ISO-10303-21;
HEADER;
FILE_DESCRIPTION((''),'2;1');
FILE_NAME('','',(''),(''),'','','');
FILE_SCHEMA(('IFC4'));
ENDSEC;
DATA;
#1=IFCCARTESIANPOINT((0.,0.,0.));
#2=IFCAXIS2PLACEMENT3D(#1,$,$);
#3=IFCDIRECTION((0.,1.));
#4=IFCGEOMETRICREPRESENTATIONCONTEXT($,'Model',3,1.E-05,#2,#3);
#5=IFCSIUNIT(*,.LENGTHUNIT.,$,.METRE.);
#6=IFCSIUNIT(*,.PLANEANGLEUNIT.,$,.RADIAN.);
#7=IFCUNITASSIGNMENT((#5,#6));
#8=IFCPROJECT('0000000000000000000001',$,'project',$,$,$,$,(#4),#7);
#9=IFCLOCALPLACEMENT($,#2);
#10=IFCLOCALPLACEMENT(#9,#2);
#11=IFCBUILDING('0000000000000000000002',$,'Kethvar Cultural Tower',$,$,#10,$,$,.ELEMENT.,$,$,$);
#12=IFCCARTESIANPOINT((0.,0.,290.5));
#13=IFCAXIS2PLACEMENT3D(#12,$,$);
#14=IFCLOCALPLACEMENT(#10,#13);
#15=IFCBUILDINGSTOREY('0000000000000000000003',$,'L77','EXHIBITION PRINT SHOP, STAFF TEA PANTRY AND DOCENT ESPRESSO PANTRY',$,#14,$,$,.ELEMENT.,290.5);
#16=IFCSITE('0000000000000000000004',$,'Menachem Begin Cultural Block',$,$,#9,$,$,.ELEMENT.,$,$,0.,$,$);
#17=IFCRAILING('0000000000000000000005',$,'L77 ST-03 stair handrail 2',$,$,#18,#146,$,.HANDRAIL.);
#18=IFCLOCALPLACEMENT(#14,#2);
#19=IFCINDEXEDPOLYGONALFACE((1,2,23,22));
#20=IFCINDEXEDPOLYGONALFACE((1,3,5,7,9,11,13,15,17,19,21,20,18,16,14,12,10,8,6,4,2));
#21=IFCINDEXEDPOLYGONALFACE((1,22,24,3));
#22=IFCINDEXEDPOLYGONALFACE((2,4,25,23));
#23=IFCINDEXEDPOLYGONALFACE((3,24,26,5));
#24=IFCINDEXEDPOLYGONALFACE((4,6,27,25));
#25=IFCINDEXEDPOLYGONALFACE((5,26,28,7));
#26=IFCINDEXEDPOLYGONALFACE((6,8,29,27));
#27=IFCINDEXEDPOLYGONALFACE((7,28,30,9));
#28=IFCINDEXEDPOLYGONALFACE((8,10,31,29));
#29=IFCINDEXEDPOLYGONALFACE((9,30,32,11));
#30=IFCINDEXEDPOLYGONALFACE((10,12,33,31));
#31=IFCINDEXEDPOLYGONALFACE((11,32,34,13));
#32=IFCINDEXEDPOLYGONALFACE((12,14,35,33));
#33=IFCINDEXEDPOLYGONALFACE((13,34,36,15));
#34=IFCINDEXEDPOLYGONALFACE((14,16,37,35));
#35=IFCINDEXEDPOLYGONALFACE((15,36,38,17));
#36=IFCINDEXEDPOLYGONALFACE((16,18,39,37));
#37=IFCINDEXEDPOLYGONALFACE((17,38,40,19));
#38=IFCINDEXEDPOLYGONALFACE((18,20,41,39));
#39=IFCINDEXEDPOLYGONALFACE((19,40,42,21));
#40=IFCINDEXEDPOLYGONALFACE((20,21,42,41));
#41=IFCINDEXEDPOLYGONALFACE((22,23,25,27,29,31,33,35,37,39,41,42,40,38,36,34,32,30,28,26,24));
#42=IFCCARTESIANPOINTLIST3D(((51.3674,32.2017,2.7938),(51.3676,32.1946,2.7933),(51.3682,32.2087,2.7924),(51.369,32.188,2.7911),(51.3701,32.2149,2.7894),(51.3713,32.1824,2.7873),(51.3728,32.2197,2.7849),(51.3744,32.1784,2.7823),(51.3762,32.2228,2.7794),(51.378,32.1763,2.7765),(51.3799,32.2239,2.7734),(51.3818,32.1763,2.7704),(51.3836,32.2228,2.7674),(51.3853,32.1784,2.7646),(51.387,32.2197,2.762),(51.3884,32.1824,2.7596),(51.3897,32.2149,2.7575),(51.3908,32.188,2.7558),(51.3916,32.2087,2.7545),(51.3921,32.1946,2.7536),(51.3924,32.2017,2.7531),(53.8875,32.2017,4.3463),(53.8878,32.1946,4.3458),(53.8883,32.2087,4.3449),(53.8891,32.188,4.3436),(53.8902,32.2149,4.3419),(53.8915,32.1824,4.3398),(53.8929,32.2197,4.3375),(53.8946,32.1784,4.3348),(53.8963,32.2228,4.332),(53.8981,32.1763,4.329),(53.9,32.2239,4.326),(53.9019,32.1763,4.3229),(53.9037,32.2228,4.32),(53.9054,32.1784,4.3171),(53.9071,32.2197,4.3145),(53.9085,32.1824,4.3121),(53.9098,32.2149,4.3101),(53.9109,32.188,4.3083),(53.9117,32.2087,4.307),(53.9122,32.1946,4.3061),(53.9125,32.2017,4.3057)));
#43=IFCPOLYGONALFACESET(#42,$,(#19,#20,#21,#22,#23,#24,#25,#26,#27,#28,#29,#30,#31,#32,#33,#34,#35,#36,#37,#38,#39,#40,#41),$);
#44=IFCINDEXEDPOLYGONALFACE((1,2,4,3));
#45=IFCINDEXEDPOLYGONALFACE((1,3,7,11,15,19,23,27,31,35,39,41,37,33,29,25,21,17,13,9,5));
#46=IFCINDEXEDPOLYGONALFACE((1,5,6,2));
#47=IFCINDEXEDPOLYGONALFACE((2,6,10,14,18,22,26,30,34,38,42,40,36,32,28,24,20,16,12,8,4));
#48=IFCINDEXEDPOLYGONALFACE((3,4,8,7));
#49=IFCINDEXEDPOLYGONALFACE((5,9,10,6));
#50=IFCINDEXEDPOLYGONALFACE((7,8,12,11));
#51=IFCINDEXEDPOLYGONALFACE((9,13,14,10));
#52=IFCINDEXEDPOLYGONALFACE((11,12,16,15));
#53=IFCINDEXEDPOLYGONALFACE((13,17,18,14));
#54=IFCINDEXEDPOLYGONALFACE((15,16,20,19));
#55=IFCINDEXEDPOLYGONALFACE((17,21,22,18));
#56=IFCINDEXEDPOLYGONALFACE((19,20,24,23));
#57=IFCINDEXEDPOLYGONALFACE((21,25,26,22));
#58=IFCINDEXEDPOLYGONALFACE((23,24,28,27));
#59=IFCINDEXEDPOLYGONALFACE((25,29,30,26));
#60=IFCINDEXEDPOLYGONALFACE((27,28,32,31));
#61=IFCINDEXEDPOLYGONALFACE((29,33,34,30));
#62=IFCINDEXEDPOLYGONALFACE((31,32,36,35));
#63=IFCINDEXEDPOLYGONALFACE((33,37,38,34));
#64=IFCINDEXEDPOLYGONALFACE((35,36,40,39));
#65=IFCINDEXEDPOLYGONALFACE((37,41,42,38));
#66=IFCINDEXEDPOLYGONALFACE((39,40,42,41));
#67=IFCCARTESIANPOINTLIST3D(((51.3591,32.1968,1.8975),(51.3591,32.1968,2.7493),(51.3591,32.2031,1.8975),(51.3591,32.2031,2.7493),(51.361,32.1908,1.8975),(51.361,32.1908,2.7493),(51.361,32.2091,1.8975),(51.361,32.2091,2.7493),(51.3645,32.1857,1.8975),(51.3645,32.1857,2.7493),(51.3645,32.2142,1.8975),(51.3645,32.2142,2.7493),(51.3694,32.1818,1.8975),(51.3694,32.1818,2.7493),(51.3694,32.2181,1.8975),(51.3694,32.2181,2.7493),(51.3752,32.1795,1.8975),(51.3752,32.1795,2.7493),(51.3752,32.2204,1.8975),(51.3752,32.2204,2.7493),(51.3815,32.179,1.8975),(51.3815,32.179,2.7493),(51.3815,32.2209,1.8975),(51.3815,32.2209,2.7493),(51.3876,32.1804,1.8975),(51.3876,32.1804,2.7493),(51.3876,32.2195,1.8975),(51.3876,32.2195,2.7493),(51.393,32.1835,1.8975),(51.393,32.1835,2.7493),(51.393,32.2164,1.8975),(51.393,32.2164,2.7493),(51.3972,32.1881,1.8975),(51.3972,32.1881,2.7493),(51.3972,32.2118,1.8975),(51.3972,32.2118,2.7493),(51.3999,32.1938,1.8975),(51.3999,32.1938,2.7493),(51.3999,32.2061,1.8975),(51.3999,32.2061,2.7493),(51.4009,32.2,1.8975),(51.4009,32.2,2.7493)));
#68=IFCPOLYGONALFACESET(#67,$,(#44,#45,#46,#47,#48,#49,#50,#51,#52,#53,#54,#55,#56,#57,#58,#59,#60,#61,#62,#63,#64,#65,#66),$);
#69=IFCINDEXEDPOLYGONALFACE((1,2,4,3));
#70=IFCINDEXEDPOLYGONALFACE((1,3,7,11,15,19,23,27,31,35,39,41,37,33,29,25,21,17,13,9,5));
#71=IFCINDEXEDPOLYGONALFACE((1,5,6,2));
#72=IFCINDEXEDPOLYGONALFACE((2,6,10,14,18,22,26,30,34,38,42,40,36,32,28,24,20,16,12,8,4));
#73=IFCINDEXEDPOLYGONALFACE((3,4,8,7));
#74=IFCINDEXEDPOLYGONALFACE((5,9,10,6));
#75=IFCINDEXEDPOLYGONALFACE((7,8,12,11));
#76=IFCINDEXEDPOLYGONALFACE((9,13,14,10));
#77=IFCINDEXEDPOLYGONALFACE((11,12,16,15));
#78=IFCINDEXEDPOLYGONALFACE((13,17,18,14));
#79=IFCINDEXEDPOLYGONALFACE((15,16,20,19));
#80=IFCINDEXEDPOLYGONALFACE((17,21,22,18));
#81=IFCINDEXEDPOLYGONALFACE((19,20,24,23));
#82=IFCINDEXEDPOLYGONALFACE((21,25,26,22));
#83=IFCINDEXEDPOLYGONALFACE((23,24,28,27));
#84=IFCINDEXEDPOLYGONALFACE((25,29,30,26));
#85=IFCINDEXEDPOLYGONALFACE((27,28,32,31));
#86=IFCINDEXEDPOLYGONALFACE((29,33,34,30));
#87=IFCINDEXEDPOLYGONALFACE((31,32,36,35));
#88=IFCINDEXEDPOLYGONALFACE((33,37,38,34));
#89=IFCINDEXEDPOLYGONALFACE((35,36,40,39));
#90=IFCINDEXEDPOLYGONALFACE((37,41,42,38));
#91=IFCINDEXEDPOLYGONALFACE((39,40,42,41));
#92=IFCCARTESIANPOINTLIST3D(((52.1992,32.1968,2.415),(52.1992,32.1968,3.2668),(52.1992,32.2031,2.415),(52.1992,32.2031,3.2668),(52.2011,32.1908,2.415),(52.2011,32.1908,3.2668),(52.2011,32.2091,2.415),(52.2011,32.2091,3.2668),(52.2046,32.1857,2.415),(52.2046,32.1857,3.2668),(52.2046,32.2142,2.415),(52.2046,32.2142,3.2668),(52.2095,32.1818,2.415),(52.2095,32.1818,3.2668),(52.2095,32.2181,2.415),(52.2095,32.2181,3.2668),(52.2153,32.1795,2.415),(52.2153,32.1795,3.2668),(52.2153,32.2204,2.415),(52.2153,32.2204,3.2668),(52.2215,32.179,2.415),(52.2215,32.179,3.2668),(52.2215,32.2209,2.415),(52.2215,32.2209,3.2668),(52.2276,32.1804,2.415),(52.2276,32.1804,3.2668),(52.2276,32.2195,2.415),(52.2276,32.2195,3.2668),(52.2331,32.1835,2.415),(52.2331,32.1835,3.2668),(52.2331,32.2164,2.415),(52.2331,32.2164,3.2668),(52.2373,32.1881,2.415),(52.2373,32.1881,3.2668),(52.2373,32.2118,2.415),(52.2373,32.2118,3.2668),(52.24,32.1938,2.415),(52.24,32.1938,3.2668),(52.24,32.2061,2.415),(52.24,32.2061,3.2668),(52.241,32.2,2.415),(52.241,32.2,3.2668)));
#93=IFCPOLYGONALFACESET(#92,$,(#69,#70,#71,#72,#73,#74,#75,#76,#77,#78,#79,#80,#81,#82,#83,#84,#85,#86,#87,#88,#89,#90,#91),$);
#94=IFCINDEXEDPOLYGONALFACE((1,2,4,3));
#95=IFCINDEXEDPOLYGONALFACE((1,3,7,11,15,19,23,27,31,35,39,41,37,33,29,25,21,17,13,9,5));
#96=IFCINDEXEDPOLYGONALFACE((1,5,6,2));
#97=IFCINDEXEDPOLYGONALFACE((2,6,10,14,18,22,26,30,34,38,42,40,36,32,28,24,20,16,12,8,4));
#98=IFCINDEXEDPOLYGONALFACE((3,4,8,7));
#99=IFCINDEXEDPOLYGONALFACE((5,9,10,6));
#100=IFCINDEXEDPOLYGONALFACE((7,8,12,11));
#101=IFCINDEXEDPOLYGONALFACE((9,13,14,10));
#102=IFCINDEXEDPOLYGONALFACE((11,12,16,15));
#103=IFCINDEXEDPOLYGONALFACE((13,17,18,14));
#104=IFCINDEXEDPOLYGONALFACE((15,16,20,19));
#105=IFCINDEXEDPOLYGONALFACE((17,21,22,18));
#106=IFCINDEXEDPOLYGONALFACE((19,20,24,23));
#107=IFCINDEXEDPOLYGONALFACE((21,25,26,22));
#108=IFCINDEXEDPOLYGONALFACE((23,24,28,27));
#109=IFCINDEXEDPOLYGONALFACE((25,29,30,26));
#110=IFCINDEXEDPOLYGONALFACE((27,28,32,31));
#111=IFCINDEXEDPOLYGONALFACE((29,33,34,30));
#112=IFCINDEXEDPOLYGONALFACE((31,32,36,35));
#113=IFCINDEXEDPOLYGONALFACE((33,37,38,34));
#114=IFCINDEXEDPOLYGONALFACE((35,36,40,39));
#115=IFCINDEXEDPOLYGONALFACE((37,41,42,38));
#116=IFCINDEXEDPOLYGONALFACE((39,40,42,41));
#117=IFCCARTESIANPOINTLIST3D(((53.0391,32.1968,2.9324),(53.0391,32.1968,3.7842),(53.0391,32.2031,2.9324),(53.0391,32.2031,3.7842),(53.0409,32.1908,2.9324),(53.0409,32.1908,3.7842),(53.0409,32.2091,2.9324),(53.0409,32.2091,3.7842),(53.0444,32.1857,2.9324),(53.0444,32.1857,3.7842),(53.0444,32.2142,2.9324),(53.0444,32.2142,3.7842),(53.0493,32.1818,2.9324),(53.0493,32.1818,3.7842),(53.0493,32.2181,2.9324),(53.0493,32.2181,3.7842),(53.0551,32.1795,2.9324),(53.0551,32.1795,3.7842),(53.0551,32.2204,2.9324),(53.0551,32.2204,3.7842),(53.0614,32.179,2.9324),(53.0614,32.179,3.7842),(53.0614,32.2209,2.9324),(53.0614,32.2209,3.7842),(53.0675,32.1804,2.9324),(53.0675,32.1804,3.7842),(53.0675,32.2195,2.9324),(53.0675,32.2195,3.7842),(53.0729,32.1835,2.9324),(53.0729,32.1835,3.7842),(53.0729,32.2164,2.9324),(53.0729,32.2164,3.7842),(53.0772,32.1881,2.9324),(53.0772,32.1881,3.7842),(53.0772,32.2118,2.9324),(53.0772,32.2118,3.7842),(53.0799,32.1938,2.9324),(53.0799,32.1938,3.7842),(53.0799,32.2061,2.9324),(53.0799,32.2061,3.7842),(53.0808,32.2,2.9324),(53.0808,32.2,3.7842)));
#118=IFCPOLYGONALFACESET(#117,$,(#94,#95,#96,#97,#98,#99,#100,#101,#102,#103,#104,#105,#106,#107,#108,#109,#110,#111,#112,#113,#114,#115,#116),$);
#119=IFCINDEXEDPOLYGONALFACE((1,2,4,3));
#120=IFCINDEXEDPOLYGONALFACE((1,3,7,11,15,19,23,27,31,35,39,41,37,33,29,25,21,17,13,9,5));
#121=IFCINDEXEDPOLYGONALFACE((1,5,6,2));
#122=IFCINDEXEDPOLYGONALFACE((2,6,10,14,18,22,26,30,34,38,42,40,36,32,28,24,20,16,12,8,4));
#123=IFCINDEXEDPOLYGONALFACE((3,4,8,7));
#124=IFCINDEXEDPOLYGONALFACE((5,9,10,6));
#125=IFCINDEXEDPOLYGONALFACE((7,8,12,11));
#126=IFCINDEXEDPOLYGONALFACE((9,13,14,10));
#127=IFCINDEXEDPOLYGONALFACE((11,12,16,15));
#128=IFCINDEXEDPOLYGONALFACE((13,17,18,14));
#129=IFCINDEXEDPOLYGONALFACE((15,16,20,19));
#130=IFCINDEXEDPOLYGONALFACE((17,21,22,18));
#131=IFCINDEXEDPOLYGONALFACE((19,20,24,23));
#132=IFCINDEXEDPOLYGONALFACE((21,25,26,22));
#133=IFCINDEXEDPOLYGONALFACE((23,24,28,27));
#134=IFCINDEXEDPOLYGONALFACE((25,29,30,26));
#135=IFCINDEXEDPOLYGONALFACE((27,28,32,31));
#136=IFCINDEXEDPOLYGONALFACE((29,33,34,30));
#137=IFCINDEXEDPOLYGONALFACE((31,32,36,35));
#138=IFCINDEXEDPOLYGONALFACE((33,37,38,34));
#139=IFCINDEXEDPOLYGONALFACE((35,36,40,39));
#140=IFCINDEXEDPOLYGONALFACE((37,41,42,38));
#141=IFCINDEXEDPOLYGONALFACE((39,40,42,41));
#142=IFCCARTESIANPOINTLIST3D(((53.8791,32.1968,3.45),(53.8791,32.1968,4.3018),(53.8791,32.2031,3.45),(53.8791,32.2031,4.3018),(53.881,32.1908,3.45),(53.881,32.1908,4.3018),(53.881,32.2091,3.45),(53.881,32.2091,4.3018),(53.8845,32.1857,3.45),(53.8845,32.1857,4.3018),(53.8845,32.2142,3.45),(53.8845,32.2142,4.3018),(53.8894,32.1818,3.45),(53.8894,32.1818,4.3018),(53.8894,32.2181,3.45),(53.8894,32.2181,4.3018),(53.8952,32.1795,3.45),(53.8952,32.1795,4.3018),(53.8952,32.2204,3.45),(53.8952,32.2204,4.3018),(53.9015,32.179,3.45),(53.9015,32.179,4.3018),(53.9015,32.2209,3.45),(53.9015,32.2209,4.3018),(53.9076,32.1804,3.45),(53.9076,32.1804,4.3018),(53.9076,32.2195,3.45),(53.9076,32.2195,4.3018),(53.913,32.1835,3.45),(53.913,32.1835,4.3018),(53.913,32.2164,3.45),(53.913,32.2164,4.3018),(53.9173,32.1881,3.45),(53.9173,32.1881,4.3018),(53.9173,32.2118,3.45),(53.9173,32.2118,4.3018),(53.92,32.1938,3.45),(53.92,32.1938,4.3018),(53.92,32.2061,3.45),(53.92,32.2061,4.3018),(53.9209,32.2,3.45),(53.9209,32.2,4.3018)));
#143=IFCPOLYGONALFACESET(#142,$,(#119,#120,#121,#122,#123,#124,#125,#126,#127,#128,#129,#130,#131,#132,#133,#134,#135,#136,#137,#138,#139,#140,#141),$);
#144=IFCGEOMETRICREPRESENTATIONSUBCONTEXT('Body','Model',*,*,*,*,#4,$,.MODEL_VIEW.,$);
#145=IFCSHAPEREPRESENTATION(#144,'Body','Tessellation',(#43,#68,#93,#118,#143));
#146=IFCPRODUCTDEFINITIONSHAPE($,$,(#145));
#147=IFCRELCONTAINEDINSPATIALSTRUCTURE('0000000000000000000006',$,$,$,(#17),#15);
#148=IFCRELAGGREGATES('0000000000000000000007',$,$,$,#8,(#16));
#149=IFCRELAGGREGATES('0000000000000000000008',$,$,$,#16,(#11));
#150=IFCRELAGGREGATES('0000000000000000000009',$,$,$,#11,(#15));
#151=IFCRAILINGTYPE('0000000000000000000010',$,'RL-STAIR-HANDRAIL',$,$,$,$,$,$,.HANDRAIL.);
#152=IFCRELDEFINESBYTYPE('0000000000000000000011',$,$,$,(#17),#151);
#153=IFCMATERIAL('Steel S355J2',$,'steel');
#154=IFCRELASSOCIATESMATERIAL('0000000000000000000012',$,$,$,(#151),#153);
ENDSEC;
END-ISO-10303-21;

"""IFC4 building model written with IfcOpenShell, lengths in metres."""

from ifc_helpers import new_model, si_unit, direction, frame, origin, origin_2d, place, context, subcontext, project, spatial, circle, extrude, material, type_object, element, save


model = new_model("IFC4")

# Units and contexts
model_context = context("Model", 3, precision=1e-05, world=origin(), true_north=direction((0.0, 1.0)))
body_context = subcontext(model_context, "Body", "Model", "MODEL_VIEW")
ifc_project = project(units=[si_unit("LENGTHUNIT", "METRE"), si_unit("PLANEANGLEUNIT", "RADIAN")], contexts=[model_context])

# Site, building, storey
site_placement = place(None, origin())
site = spatial("IfcSite", under=ifc_project, at=site_placement, Name="Menachem Begin Cultural Block", CompositionType="ELEMENT", RefElevation=0.0)
building_placement = place(site_placement, origin())
building = spatial("IfcBuilding", under=site, at=building_placement, Name="Kethvar Cultural Tower", CompositionType="ELEMENT")
storey_placement = place(building_placement, frame((0.0, 0.0, 290.5)))
storey = spatial("IfcBuildingStorey", under=building, at=storey_placement, Name="L77", Description="EXHIBITION PRINT SHOP, STAFF TEA PANTRY AND DOCENT ESPRESSO PANTRY", CompositionType="ELEMENT", Elevation=290.5)

# Shared definitions
ifc_material_1 = material(Name="Steel S355J2", Category="steel")

# Railing
railing_type_1 = type_object("IfcRailingType", Name="RL-STAIR-HANDRAIL", PredefinedType="HANDRAIL", material=ifc_material_1)
railing_1_placement = place(storey_placement, frame((51.3799, 32.2, 1.8975)))
element("IfcRailing", 1, at=railing_1_placement, inside=storey, type_object=railing_type_1, Name="L77 ST-03 stair handrail 2", PredefinedType="HANDRAIL", context=body_context, shape_type="SweptSolid", body=[
    extrude(circle(Radius=0.0239, at=origin_2d()), frame((0.0, 0.0, 0.876), z_axis=(0.8514, 0.0, 0.524516), x_axis=(0.0, 1.0, 0.0)), (0.0, 0.0, 1.0), 2.96),
    extrude(circle(Radius=0.021, at=origin_2d()), origin(), (0.0, 0.0, 1.0), 0.8518),
    extrude(circle(Radius=0.021, at=origin_2d()), frame((0.8401, 0.0, 0.5176)), (0.0, 0.0, 1.0), 0.8518),
    extrude(circle(Radius=0.021, at=origin_2d()), frame((1.6799, 0.0, 1.0349)), (0.0, 0.0, 1.0), 0.8518),
    extrude(circle(Radius=0.021, at=origin_2d()), frame((2.52, 0.0, 1.5525)), (0.0, 0.0, 1.0), 0.8518),
])

save(model, "model.ifc")
